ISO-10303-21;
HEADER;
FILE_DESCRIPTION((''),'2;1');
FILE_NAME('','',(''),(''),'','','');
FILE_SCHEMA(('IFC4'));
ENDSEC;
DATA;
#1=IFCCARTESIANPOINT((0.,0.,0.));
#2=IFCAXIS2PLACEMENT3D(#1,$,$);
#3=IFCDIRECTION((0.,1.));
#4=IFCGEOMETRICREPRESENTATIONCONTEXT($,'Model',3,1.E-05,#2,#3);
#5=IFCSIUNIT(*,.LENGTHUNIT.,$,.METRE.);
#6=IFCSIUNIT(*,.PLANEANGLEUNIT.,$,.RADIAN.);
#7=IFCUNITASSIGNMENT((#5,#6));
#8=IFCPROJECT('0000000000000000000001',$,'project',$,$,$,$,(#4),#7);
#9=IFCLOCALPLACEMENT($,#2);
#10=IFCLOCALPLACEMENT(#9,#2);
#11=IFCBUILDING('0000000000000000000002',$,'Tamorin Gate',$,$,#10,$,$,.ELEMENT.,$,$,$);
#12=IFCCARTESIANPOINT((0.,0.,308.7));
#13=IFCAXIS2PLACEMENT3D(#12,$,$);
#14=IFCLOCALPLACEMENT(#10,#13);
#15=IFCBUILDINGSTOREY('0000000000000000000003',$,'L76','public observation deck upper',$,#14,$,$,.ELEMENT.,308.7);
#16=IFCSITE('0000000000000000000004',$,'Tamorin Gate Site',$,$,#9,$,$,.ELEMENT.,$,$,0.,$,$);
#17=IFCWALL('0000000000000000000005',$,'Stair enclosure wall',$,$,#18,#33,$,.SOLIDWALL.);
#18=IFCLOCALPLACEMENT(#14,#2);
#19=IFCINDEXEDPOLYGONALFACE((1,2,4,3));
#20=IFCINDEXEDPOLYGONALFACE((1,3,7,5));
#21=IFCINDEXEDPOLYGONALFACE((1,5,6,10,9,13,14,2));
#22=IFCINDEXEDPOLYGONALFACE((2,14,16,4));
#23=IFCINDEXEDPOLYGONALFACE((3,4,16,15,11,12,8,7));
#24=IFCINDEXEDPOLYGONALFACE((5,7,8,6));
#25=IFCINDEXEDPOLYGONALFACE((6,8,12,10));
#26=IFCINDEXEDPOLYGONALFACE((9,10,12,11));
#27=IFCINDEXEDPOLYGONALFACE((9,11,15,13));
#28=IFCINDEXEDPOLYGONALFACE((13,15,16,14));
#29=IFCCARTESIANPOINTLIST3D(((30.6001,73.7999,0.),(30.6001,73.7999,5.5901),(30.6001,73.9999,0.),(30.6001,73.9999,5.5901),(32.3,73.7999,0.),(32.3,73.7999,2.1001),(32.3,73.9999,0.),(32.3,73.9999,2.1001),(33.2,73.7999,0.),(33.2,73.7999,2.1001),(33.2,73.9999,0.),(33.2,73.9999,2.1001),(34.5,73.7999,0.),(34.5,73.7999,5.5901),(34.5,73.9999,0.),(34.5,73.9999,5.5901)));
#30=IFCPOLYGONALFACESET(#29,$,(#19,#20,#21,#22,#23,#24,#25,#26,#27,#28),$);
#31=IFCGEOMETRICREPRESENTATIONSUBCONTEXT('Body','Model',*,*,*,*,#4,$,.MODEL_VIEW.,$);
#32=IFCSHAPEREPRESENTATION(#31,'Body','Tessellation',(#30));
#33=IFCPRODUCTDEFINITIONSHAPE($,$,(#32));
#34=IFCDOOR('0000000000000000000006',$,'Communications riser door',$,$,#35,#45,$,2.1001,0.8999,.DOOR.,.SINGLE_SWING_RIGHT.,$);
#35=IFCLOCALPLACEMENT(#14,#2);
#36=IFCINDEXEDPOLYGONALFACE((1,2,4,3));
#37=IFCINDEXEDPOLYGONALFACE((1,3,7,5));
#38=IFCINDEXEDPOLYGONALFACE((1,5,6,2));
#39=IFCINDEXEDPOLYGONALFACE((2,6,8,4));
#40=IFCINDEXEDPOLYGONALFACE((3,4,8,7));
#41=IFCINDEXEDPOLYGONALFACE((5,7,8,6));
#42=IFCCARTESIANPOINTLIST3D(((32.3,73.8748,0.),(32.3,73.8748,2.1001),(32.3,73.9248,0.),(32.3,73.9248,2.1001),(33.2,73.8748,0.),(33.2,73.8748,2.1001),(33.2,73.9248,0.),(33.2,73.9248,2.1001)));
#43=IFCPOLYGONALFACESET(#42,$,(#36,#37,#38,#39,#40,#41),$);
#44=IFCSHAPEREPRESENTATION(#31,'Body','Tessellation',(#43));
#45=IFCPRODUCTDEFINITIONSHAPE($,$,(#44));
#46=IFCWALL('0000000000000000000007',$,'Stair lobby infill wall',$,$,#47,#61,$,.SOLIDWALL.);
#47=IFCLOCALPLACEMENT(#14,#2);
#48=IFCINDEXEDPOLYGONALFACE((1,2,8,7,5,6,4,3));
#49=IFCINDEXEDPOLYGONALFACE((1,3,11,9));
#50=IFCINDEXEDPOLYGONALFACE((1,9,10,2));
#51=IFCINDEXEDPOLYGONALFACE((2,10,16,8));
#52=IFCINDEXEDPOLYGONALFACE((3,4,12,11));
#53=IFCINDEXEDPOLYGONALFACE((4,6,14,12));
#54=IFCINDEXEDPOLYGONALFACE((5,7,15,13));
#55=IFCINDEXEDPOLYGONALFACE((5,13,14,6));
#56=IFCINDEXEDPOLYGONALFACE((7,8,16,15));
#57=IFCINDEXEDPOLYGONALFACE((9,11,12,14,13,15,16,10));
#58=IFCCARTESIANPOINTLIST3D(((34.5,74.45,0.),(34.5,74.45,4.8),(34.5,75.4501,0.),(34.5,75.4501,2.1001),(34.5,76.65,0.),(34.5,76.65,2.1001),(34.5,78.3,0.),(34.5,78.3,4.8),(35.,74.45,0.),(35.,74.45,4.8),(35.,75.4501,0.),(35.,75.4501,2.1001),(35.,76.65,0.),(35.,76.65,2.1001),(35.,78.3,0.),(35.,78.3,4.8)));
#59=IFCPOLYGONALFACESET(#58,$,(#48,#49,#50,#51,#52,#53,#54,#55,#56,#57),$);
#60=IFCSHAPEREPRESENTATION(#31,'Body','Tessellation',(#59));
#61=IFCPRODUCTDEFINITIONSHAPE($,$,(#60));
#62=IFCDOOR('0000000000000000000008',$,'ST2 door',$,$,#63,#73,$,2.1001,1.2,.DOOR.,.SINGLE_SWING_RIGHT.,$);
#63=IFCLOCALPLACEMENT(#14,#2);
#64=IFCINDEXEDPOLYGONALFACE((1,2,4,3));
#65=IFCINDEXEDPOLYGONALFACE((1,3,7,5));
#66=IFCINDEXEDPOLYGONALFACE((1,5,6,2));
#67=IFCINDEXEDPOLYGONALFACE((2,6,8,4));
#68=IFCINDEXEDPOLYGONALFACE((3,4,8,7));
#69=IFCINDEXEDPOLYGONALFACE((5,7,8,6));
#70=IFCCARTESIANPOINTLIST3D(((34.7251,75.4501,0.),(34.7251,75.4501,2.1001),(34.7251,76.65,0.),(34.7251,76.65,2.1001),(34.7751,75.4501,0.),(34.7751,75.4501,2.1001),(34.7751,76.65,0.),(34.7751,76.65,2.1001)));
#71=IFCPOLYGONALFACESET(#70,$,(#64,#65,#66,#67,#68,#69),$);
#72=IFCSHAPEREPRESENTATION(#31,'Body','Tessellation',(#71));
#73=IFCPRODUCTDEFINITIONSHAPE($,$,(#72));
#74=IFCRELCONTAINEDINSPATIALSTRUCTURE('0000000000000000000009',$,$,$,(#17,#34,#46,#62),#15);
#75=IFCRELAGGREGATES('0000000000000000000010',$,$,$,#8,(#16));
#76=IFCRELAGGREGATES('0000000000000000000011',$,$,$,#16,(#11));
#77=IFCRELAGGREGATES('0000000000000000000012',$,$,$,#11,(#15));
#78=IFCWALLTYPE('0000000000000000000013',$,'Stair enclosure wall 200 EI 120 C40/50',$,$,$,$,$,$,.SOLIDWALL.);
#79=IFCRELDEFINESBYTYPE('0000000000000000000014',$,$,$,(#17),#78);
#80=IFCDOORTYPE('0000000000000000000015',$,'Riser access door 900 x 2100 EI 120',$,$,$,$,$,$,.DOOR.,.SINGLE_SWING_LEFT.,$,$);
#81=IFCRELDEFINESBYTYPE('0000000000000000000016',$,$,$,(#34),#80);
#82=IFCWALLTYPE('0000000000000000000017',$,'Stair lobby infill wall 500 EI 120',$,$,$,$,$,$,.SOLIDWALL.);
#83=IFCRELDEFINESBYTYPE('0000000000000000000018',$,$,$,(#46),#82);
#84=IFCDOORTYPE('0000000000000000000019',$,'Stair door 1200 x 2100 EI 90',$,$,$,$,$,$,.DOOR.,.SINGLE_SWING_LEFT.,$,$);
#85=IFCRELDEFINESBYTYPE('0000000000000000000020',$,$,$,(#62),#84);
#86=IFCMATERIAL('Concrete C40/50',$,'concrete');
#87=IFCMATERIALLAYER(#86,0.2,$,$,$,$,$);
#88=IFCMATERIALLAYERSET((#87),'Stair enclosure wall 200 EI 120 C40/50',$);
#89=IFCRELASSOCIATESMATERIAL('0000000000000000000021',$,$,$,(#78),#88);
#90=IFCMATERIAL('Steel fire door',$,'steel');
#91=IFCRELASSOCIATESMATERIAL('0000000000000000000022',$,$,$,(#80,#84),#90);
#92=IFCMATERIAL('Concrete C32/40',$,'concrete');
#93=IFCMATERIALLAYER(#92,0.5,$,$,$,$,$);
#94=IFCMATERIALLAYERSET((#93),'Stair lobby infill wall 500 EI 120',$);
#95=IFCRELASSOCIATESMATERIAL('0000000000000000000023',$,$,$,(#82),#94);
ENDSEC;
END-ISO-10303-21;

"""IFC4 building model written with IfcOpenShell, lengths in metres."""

from ifc_helpers import new_model, si_unit, direction, frame, frame_2d, origin, place, context, subcontext, project, spatial, rectangle, extrude, material, layer, layer_set, type_object, element, fill, save


model = new_model("IFC4")

# Units and contexts
model_context = context("Model", 3, precision=1e-05, world=origin(), true_north=direction((0.0, 1.0)))
body_context = subcontext(model_context, "Body", "Model", "MODEL_VIEW")
ifc_project = project(units=[si_unit("LENGTHUNIT", "METRE"), si_unit("PLANEANGLEUNIT", "RADIAN")], contexts=[model_context])

# Site, building, storey
site_placement = place(None, origin())
site = spatial("IfcSite", under=ifc_project, at=site_placement, Name="Tamorin Gate Site", CompositionType="ELEMENT", RefElevation=0.0)
building_placement = place(site_placement, origin())
building = spatial("IfcBuilding", under=site, at=building_placement, Name="Tamorin Gate", CompositionType="ELEMENT")
storey_placement = place(building_placement, frame((0.0, 0.0, 308.7)))
storey = spatial("IfcBuildingStorey", under=building, at=storey_placement, Name="L76", Description="public observation deck upper", CompositionType="ELEMENT", Elevation=308.7)

# Walls, openings, doors
ifc_material_1 = material(Name="Concrete C40/50", Category="concrete")
ifc_layer_1 = layer(ifc_material_1, 0.2)
ifc_layer_set_1 = layer_set([ifc_layer_1], Name="Stair enclosure wall 200 EI 120 C40/50")
wall_type_1 = type_object("IfcWallType", Name="Stair enclosure wall 200 EI 120 C40/50", PredefinedType="SOLIDWALL", material=ifc_layer_set_1)
ifc_material_2 = material(Name="Steel fire door", Category="steel")
door_type_1 = type_object("IfcDoorType", Name="Riser access door 900 x 2100 EI 120", OperationType="SINGLE_SWING_LEFT", PredefinedType="DOOR", material=ifc_material_2)
wall_1_placement = place(storey_placement, frame((30.6001, 73.8999, 0.0), z_axis=(0.0, 0.0, 1.0), x_axis=(1.0, 0.0, 0.0)))
wall_1 = element("IfcWall", 1, at=wall_1_placement, inside=storey, type_object=wall_type_1, Name="Stair enclosure wall", PredefinedType="SOLIDWALL", context=body_context, shape_type="SweptSolid", body=[
    extrude(rectangle(XDim=3.8999, YDim=0.2, at=frame_2d((1.95, 0.0))), origin(), (0.0, 0.0, 1.0), 5.5901),
])
opening_1_placement = place(wall_1_placement, frame((1.7, 0.0, 0.0)))
opening_1 = element("IfcOpeningElement", 2, at=opening_1_placement, cuts=wall_1, PredefinedType="OPENING", context=body_context, shape_type="SweptSolid", body=[
    extrude(rectangle(XDim=0.8999, YDim=2.1001, at=frame_2d((0.45, 1.05))), frame((0.0, 0.1099, 0.0), z_axis=(0.0, -1.0, 0.0), x_axis=(1.0, 0.0, 0.0)), (0.0, 0.0, 1.0), 0.22),
])
door_1_placement = place(opening_1_placement, origin())
door_1 = element("IfcDoor", 3, at=door_1_placement, inside=storey, type_object=door_type_1, Name="Communications riser door", OperationType="SINGLE_SWING_RIGHT", OverallHeight=2.1001, OverallWidth=0.8999, PredefinedType="DOOR", context=body_context, shape_type="SweptSolid", body=[
    extrude(rectangle(XDim=0.8999, YDim=2.1001, at=frame_2d((0.45, 1.05))), frame((0.0, 0.0249, 0.0), z_axis=(0.0, -1.0, 0.0), x_axis=(1.0, 0.0, 0.0)), (0.0, 0.0, 1.0), 0.05),
])
fill(opening_1, door_1)
ifc_material_3 = material(Name="Concrete C32/40", Category="concrete")
ifc_layer_2 = layer(ifc_material_3, 0.5)
ifc_layer_set_2 = layer_set([ifc_layer_2], Name="Stair lobby infill wall 500 EI 120")
wall_type_2 = type_object("IfcWallType", Name="Stair lobby infill wall 500 EI 120", PredefinedType="SOLIDWALL", material=ifc_layer_set_2)
wall_2_placement = place(storey_placement, frame((34.75, 74.45, 0.0), z_axis=(0.0, 0.0, 1.0), x_axis=(0.0, 1.0, 0.0)))
wall_2 = element("IfcWall", 4, at=wall_2_placement, inside=storey, type_object=wall_type_2, Name="Stair lobby infill wall", PredefinedType="SOLIDWALL", context=body_context, shape_type="SweptSolid", body=[
    extrude(rectangle(XDim=3.8501, YDim=0.5, at=frame_2d((1.925, 0.0))), origin(), (0.0, 0.0, 1.0), 4.8),
])
opening_2_placement = place(wall_2_placement, frame((1.0, 0.0, 0.0)))
opening_2 = element("IfcOpeningElement", 5, at=opening_2_placement, cuts=wall_2, PredefinedType="OPENING", context=body_context, shape_type="SweptSolid", body=[
    extrude(rectangle(XDim=1.2, YDim=2.1001, at=frame_2d((0.6001, 1.05))), frame((0.0, 0.26, 0.0), z_axis=(0.0, -1.0, 0.0), x_axis=(1.0, 0.0, 0.0)), (0.0, 0.0, 1.0), 0.52),
])
door_type_2 = type_object("IfcDoorType", Name="Stair door 1200 x 2100 EI 90", OperationType="SINGLE_SWING_LEFT", PredefinedType="DOOR", material=ifc_material_2)
door_2_placement = place(opening_2_placement, origin())
door_2 = element("IfcDoor", 6, at=door_2_placement, inside=storey, type_object=door_type_2, Name="ST2 door", OperationType="SINGLE_SWING_RIGHT", OverallHeight=2.1001, OverallWidth=1.2, PredefinedType="DOOR", context=body_context, shape_type="SweptSolid", body=[
    extrude(rectangle(XDim=1.2, YDim=2.1001, at=frame_2d((0.6001, 1.05))), frame((0.0, 0.0249, 0.0), z_axis=(0.0, -1.0, 0.0), x_axis=(1.0, 0.0, 0.0)), (0.0, 0.0, 1.0), 0.05),
])
fill(opening_2, door_2)

save(model, "model.ifc")
